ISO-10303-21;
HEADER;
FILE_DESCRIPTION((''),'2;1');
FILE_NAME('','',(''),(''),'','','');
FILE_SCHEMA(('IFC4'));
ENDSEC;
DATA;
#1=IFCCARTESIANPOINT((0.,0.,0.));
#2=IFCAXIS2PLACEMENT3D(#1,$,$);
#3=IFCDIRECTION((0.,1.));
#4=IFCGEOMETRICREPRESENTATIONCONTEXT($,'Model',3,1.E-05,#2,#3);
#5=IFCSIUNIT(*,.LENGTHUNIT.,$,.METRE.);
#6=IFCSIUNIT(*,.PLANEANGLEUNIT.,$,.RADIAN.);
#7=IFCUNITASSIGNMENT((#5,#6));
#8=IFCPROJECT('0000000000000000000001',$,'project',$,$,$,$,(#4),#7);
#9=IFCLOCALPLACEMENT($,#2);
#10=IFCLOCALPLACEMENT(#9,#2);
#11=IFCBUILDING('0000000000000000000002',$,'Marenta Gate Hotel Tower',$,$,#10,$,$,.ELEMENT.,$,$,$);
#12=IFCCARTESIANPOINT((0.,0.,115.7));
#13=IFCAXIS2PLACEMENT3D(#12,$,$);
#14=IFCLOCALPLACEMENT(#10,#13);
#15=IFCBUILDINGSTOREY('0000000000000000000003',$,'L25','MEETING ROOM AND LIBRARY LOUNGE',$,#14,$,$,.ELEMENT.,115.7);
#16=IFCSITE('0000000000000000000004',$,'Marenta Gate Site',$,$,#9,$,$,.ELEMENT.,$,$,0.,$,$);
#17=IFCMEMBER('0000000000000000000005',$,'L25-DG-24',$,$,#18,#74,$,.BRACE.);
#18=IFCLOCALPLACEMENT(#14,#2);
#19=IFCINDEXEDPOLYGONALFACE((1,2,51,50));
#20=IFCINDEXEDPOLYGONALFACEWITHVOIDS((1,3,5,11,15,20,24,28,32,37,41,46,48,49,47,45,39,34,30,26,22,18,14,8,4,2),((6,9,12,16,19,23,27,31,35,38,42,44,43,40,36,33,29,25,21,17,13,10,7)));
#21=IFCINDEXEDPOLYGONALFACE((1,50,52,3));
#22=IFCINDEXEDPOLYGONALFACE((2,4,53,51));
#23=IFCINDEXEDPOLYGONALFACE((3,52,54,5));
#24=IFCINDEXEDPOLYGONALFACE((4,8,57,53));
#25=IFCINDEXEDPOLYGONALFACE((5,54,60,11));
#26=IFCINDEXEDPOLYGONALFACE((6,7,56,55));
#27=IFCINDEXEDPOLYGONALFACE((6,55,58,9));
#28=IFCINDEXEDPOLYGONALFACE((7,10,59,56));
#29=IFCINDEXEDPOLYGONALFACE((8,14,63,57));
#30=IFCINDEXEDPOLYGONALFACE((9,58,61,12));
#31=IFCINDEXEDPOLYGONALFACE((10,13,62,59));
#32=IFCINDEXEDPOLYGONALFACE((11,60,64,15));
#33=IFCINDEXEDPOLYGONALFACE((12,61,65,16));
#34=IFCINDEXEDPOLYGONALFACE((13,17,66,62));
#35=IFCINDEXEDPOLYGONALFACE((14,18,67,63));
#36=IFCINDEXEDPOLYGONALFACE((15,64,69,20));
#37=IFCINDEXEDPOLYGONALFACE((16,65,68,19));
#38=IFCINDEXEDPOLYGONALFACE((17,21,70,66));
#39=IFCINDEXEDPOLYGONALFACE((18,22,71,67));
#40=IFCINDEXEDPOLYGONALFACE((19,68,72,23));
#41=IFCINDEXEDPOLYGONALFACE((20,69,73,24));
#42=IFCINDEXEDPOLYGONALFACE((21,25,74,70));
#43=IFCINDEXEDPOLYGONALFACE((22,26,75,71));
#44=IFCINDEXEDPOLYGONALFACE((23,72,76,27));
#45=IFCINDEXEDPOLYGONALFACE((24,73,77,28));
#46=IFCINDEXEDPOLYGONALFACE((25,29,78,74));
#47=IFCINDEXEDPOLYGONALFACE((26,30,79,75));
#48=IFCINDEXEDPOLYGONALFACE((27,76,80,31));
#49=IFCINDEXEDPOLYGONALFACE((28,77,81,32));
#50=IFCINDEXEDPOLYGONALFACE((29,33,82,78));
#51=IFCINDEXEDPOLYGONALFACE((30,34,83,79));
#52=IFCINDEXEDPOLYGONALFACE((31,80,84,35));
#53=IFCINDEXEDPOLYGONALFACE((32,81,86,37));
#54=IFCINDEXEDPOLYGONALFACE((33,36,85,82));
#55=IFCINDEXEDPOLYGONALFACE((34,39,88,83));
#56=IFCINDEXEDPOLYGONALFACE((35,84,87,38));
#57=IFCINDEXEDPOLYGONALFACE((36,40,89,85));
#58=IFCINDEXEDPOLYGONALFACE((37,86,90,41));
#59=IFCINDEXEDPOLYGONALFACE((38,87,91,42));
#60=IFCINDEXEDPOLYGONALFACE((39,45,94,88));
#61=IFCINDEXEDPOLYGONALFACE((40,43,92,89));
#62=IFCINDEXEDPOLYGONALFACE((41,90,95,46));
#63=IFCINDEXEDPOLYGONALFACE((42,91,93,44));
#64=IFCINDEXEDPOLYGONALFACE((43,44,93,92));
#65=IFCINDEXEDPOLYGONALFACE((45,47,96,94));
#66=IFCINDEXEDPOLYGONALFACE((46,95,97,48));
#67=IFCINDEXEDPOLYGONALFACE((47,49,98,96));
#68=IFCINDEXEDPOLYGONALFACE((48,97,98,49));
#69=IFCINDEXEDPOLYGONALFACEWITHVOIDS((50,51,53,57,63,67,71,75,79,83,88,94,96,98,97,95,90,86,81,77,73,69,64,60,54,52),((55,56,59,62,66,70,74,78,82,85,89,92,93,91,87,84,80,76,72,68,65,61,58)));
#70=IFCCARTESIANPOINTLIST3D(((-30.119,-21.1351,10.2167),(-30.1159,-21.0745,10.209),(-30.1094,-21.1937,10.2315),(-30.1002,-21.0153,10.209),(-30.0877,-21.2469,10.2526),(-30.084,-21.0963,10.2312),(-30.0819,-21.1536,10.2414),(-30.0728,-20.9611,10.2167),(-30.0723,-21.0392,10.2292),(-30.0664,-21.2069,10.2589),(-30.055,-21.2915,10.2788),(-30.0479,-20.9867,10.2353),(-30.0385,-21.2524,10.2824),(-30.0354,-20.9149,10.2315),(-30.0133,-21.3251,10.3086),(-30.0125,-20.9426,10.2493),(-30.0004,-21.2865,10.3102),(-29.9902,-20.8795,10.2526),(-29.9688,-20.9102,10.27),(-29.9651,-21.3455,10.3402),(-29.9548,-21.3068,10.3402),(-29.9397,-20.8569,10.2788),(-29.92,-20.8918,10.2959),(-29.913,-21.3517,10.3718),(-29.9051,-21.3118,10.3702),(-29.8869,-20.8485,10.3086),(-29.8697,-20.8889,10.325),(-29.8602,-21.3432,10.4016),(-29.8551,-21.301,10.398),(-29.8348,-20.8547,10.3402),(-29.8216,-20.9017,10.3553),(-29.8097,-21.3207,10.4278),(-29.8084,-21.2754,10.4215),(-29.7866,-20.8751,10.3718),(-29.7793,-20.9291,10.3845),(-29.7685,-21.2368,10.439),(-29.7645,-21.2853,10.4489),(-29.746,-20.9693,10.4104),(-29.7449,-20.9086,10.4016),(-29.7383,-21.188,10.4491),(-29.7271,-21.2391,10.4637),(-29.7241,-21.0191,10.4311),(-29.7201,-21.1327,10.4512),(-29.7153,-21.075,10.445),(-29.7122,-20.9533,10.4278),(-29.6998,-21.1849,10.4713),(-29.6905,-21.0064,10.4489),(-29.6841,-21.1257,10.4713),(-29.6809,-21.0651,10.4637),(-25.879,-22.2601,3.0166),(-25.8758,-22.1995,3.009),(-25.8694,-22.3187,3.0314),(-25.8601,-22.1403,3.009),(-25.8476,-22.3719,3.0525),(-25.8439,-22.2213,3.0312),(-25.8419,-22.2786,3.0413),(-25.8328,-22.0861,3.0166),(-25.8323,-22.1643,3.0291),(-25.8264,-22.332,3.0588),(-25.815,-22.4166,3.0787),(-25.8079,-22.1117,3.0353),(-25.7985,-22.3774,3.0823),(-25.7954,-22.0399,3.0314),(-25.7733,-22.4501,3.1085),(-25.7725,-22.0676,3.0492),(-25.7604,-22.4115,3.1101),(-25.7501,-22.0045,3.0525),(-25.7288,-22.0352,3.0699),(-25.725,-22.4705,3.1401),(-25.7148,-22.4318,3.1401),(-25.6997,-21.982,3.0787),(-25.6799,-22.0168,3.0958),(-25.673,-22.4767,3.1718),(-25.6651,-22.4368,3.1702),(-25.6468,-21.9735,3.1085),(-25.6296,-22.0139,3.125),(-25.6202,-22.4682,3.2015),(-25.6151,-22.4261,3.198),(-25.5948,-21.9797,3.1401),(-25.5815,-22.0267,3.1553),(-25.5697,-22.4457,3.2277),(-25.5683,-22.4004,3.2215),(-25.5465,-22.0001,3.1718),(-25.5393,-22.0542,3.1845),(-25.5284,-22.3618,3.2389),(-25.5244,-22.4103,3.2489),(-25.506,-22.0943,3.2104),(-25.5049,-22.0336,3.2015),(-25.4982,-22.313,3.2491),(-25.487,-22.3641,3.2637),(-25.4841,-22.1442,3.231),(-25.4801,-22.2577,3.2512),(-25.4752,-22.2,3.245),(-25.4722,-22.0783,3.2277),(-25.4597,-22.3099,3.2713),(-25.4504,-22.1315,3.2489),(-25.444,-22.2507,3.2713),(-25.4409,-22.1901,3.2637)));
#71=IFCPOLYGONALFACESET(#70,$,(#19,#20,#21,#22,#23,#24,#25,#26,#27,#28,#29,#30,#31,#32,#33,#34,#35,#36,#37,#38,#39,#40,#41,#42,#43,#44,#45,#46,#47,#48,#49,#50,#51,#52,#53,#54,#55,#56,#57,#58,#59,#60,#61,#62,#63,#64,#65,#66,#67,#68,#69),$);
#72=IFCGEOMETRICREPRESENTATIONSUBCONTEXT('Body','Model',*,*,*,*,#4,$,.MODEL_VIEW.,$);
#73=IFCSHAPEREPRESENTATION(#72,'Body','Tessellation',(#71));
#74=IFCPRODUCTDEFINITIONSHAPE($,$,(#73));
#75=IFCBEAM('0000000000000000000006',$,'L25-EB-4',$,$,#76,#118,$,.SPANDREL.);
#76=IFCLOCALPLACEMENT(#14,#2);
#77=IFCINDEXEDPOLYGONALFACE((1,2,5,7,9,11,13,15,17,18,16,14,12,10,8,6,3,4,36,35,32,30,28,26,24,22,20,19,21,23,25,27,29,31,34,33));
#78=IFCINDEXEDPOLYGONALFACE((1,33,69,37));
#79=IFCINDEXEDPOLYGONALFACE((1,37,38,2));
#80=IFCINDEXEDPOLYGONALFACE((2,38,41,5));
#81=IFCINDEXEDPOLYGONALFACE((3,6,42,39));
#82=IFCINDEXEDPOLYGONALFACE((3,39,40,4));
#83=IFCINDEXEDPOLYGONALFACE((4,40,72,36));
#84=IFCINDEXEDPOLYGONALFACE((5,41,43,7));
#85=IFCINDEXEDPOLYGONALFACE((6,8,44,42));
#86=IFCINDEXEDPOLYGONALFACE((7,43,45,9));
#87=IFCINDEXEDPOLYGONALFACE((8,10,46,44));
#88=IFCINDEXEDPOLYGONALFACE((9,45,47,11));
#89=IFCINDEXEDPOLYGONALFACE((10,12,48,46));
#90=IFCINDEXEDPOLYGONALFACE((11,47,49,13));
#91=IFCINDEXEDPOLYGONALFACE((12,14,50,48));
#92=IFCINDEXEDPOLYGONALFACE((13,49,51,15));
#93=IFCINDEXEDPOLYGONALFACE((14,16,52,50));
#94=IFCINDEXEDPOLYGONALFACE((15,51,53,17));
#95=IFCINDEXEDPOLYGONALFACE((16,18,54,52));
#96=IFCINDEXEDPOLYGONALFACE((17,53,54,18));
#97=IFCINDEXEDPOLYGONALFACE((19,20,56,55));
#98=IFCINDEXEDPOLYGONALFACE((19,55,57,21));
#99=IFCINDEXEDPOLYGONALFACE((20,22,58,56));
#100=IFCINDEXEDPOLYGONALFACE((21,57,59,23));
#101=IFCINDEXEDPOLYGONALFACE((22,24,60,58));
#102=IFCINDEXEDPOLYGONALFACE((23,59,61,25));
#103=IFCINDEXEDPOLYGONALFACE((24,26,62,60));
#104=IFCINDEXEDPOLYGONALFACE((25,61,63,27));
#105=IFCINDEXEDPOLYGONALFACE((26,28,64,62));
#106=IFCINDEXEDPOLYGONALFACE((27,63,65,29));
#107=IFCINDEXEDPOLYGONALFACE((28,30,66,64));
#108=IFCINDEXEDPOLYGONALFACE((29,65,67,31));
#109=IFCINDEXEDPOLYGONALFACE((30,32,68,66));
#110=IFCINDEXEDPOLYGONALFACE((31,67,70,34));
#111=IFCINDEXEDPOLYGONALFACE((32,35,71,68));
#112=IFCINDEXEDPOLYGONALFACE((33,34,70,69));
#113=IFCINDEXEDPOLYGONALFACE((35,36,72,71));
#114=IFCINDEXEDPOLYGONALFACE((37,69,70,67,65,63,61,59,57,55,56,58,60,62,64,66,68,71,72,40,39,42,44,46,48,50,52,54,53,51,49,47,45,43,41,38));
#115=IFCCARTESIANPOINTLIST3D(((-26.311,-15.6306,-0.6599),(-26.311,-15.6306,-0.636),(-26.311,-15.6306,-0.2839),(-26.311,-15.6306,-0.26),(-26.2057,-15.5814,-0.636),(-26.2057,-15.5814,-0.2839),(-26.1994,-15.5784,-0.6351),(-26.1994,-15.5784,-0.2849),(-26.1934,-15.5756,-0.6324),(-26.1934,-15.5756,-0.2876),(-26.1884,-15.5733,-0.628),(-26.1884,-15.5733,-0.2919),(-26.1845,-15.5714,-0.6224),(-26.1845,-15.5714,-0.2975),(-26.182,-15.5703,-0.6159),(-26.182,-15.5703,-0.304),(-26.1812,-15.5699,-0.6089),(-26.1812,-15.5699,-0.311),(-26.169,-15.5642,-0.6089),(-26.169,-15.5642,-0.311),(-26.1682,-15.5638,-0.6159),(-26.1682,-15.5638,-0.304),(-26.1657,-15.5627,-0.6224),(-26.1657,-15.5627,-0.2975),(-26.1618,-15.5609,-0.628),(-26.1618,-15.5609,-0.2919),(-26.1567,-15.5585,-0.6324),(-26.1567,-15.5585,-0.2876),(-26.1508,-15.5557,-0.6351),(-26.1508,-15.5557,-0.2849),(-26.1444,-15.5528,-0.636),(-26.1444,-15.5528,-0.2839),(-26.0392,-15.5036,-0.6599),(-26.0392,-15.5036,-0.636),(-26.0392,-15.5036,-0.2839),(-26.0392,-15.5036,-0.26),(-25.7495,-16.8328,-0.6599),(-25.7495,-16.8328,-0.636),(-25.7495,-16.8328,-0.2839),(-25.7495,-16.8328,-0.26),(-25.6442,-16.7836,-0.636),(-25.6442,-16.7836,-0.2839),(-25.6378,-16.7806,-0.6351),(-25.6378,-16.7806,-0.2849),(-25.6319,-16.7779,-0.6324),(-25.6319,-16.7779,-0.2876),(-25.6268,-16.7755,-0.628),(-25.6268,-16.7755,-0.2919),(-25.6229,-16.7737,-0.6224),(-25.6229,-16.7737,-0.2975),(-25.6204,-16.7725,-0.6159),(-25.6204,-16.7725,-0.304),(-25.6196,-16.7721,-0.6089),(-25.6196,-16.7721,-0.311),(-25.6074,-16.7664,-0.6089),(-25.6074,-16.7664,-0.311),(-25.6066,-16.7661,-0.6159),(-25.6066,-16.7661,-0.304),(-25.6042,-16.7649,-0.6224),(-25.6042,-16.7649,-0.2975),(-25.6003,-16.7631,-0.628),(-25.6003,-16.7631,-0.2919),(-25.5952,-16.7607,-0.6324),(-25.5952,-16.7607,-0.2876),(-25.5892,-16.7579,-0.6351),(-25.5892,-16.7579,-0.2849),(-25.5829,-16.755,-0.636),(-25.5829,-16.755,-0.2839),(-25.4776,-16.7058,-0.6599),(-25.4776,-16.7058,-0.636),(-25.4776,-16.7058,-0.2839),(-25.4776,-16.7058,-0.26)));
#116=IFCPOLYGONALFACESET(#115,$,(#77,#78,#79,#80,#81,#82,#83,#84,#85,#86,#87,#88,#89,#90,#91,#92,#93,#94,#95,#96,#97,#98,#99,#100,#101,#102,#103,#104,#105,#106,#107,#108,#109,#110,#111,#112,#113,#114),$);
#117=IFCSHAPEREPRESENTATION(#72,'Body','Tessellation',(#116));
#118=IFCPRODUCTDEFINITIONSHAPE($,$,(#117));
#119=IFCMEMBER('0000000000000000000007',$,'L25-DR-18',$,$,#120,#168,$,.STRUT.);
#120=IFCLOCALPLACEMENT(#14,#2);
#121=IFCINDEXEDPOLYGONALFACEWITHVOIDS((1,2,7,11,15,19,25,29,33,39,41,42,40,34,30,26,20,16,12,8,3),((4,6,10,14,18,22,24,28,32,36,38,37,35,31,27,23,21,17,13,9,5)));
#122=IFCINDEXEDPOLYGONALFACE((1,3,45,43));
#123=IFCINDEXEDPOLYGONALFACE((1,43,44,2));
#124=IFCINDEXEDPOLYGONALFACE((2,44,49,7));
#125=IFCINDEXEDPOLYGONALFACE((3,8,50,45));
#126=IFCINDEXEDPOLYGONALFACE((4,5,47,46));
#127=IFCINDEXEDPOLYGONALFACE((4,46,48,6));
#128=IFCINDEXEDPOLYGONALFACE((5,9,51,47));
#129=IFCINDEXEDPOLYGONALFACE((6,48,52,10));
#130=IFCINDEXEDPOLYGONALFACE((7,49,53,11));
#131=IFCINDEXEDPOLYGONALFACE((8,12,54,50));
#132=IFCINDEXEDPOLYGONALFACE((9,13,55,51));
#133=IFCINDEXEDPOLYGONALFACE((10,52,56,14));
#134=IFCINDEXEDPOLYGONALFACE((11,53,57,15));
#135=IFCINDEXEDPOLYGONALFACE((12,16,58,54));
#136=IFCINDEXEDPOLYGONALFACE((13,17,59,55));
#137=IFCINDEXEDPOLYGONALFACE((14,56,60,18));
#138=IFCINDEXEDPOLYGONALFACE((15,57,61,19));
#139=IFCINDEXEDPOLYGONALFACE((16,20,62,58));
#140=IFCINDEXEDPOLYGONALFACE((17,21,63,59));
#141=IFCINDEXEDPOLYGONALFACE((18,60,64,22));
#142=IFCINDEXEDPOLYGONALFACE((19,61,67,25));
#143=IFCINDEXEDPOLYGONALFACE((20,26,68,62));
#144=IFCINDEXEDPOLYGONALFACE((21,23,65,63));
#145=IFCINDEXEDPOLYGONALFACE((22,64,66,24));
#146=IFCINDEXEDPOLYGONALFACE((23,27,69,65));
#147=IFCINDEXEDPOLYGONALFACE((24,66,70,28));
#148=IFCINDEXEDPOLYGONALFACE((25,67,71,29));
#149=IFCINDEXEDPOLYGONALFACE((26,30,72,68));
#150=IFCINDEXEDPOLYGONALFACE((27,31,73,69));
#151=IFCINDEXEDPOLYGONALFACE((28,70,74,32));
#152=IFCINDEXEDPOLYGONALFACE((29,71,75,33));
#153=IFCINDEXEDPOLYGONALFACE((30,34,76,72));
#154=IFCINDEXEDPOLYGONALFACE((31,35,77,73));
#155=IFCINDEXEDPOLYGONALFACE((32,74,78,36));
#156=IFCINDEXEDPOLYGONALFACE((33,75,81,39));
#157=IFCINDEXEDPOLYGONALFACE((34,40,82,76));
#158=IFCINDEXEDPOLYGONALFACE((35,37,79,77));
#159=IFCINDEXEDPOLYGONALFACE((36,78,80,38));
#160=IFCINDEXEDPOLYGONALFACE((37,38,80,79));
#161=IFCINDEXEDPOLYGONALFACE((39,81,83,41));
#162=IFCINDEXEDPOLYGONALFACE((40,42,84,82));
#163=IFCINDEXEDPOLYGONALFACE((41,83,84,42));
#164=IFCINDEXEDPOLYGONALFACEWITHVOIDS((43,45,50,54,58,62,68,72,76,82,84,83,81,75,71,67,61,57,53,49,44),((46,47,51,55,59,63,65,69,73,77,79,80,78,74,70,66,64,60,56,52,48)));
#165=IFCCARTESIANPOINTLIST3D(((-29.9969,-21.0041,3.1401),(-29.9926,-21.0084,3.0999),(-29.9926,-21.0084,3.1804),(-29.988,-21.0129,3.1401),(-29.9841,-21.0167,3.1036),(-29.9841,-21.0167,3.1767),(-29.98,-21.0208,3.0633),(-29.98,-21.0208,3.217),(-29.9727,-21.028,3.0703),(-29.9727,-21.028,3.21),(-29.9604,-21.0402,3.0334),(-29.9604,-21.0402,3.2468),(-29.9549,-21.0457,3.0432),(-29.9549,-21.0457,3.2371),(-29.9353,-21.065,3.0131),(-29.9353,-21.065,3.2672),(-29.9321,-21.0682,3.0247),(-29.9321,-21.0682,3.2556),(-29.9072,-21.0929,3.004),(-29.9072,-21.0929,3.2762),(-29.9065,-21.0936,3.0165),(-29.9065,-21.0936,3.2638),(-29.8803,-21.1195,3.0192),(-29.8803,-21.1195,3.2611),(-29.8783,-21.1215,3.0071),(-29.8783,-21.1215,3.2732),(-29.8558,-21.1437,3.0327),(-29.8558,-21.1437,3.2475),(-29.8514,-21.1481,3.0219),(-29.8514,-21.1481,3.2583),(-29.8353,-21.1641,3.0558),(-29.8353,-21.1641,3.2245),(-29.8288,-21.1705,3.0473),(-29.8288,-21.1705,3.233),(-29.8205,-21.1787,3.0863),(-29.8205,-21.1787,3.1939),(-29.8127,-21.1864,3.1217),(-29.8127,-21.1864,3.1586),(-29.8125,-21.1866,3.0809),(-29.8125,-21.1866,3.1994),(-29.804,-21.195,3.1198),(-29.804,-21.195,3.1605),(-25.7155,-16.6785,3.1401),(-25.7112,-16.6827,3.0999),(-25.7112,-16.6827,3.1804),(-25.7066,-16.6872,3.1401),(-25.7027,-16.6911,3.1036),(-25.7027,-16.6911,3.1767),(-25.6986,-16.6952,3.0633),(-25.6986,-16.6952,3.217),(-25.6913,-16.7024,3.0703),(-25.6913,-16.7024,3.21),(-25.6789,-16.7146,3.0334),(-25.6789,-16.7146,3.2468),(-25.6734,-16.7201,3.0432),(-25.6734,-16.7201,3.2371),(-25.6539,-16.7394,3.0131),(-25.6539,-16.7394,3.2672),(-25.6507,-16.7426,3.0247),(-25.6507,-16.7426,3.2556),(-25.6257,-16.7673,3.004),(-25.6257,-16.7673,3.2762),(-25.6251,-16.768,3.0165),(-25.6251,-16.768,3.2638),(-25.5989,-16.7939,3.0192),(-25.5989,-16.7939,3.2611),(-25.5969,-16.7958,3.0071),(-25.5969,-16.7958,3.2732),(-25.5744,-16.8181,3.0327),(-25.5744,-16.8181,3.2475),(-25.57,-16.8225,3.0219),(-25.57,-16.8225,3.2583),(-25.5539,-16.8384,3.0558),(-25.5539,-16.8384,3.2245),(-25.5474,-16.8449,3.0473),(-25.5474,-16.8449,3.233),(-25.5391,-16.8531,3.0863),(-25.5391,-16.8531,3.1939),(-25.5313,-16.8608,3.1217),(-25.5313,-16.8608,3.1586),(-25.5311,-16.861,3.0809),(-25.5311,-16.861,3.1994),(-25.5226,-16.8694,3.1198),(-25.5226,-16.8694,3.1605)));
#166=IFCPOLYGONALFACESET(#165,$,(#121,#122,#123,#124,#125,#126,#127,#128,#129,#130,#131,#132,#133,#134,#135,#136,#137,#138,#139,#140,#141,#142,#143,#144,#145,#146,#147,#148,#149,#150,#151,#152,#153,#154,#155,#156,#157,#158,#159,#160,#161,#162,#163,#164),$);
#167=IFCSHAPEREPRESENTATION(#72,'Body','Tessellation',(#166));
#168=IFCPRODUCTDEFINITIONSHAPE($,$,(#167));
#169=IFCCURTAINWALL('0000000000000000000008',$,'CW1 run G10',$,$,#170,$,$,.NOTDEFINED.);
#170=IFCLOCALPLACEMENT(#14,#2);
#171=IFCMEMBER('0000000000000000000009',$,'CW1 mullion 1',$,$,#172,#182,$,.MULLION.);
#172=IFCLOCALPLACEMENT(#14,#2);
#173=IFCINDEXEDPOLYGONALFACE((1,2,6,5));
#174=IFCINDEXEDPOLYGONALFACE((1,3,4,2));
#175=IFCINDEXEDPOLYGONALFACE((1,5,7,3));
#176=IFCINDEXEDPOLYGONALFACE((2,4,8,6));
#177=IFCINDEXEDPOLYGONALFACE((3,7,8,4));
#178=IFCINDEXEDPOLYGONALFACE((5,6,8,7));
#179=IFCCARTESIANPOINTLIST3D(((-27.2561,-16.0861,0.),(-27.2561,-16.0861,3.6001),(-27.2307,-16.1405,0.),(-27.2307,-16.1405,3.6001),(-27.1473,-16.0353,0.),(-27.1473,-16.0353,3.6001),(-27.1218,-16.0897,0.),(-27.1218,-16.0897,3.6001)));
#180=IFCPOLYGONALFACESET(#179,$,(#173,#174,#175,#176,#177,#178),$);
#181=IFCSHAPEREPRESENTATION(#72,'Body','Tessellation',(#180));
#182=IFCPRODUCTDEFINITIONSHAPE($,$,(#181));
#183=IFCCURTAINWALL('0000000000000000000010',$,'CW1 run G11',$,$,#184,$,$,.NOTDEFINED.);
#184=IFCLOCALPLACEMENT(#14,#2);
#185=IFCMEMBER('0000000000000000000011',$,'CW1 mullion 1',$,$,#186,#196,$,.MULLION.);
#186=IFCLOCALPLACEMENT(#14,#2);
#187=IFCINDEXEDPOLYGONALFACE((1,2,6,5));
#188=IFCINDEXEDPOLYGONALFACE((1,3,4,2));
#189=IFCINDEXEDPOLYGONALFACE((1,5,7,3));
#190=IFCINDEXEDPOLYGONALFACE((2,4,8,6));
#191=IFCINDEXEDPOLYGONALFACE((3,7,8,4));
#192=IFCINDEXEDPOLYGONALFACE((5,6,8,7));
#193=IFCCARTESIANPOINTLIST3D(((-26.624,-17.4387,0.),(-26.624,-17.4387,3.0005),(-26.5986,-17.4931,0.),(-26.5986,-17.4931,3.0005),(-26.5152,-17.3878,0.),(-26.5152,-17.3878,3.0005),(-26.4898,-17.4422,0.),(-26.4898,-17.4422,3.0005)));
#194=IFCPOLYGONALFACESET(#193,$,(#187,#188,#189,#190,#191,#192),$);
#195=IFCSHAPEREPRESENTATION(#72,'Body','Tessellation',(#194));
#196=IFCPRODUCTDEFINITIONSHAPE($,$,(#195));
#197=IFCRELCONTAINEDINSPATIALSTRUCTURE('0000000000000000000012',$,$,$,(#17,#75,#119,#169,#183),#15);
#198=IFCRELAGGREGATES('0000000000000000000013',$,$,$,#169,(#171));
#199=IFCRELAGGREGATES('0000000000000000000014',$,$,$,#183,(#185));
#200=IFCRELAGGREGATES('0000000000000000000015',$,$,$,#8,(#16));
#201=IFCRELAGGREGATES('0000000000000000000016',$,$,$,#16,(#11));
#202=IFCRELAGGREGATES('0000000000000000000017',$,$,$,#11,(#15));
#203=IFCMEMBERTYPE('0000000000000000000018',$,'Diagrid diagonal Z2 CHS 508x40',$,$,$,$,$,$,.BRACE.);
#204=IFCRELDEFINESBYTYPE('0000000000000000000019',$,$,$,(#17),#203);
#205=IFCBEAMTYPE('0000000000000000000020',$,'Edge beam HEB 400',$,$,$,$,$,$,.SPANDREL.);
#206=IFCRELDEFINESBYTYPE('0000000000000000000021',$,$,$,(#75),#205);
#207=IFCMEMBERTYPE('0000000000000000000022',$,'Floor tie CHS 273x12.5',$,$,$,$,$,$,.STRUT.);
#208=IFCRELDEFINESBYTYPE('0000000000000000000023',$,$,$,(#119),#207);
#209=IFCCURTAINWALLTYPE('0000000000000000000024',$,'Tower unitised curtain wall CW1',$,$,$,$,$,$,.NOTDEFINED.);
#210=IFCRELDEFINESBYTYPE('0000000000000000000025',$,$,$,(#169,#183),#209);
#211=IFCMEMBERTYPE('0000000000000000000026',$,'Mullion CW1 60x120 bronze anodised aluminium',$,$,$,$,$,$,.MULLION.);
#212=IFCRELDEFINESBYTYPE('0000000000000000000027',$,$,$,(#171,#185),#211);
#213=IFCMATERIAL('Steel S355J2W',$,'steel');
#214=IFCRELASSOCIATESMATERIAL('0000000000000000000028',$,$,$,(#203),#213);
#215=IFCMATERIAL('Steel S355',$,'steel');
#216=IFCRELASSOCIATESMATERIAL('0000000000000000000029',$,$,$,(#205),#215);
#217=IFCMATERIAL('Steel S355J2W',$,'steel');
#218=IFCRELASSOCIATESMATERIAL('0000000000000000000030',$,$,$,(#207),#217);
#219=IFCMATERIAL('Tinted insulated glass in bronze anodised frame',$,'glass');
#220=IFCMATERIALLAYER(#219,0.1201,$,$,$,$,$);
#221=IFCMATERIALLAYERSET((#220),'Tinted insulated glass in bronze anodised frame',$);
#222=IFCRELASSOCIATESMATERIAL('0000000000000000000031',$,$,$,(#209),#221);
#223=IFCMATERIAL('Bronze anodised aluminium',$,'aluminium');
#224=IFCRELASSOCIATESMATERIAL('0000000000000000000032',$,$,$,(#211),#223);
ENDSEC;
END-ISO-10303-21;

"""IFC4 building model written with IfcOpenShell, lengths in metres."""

from ifc_helpers import new_model, si_unit, direction, frame, origin, origin_2d, place, context, subcontext, project, spatial, rectangle, hollow_circle, i_section, extrude, material, layer, layer_set, material_profile, profile_set, type_object, element, aggregate, save


model = new_model("IFC4")

# Units and contexts
model_context = context("Model", 3, precision=1e-05, world=origin(), true_north=direction((0.0, 1.0)))
body_context = subcontext(model_context, "Body", "Model", "MODEL_VIEW")
ifc_project = project(units=[si_unit("LENGTHUNIT", "METRE"), si_unit("PLANEANGLEUNIT", "RADIAN")], contexts=[model_context])

# Site, building, storey
site_placement = place(None, origin())
site = spatial("IfcSite", under=ifc_project, at=site_placement, Name="Marenta Gate Site", CompositionType="ELEMENT", RefElevation=0.0)
building_placement = place(site_placement, origin())
building = spatial("IfcBuilding", under=site, at=building_placement, Name="Marenta Gate Hotel Tower", CompositionType="ELEMENT")
storey_placement = place(building_placement, frame((0.0, 0.0, 115.7)))
storey = spatial("IfcBuildingStorey", under=building, at=storey_placement, Name="L25", Description="MEETING ROOM AND LIBRARY LOUNGE", CompositionType="ELEMENT", Elevation=115.7)

# Member
ifc_material_1 = material(Name="Steel S355J2W", Category="steel")
ifc_material_profile_1 = material_profile(ifc_material_1, hollow_circle(Radius=0.2539, WallThickness=0.04, at=origin_2d()), Name="CHS 508x40")
ifc_profile_set_1 = profile_set([ifc_material_profile_1], Name="Steel S355J2W")
member_type_1 = type_object("IfcMemberType", Name="Diagrid diagonal Z2 CHS 508x40", PredefinedType="BRACE", material=ifc_profile_set_1)
member_1_placement = place(storey_placement, frame((-25.6599, -22.2251, 3.1401), z_axis=(-0.502902, 0.133435, 0.853981), x_axis=(-0.256457, -0.966556, 0.0)))
element("IfcMember", 1, at=member_1_placement, inside=storey, type_object=member_type_1, Name="L25-DG-24", PredefinedType="BRACE", context=body_context, shape_type="SweptSolid", body=[
    extrude(hollow_circle(Radius=0.2539, WallThickness=0.04, at=origin_2d()), origin(), (0.0, 0.0, 1.0), 8.4312),
])

# Beam
ifc_material_2 = material(Name="Steel S355", Category="steel")
ifc_material_profile_2 = material_profile(ifc_material_2, i_section(OverallWidth=0.3, OverallDepth=0.3999, WebThickness=0.0134, FlangeThickness=0.0239, FilletRadius=0.0271, at=origin_2d()), Name="HEB 400")
ifc_profile_set_2 = profile_set([ifc_material_profile_2], Name="Steel S355")
beam_type = type_object("IfcBeamType", Name="Edge beam HEB 400", PredefinedType="SPANDREL", material=ifc_profile_set_2)
beam_placement = place(storey_placement, frame((-25.6135, -16.7693, -0.46), z_axis=(-0.423208, 0.906033, 0.0), x_axis=(-0.906033, -0.423208, 0.0)))
element("IfcBeam", 2, at=beam_placement, inside=storey, type_object=beam_type, Name="L25-EB-4", PredefinedType="SPANDREL", context=body_context, shape_type="SweptSolid", body=[
    extrude(i_section(OverallWidth=0.3, OverallDepth=0.3999, WebThickness=0.0134, FlangeThickness=0.0239, FilletRadius=0.0271, at=origin_2d()), origin(), (0.0, 0.0, 1.0), 1.3269),
])

# Member
ifc_material_3 = material(Name="Steel S355J2W", Category="steel")
ifc_material_profile_3 = material_profile(ifc_material_3, hollow_circle(Radius=0.1365, WallThickness=0.0125, at=origin_2d()), Name="CHS 273x12.5")
ifc_profile_set_3 = profile_set([ifc_material_profile_3], Name="Steel S355J2W")
member_type_2 = type_object("IfcMemberType", Name="Floor tie CHS 273x12.5", PredefinedType="STRUT", material=ifc_profile_set_3)
member_2_placement = place(storey_placement, frame((-29.8999, -21.1001, 3.1401), z_axis=(0.703467, 0.710728, 0.0), x_axis=(-0.710728, 0.703467, 0.0)))
element("IfcMember", 3, at=member_2_placement, inside=storey, type_object=member_type_2, Name="L25-DR-18", PredefinedType="STRUT", context=body_context, shape_type="SweptSolid", body=[
    extrude(hollow_circle(Radius=0.1365, WallThickness=0.0125, at=origin_2d()), origin(), (0.0, 0.0, 1.0), 6.0862),
])

# Curtain walls, members
ifc_material_4 = material(Name="Tinted insulated glass in bronze anodised frame", Category="glass")
ifc_layer_1 = layer(ifc_material_4, 0.1201)
ifc_layer_set_1 = layer_set([ifc_layer_1], Name="Tinted insulated glass in bronze anodised frame")
curtain_wall_type = type_object("IfcCurtainWallType", Name="Tower unitised curtain wall CW1", PredefinedType="NOTDEFINED", material=ifc_layer_set_1)
curtain_wall_1_placement = place(storey_placement, origin())
curtain_wall_1 = element("IfcCurtainWall", 4, at=curtain_wall_1_placement, inside=storey, type_object=curtain_wall_type, Name="CW1 run G10", PredefinedType="NOTDEFINED")
ifc_material_5 = material(Name="Bronze anodised aluminium", Category="aluminium")
ifc_material_profile_4 = material_profile(ifc_material_5, rectangle(XDim=0.1201, YDim=0.0601, at=origin_2d()), Name="Mullion CW1 60x120 bronze anodised aluminium")
ifc_profile_set_4 = profile_set([ifc_material_profile_4], Name="Bronze anodised aluminium")
member_type_3 = type_object("IfcMemberType", Name="Mullion CW1 60x120 bronze anodised aluminium", PredefinedType="MULLION", material=ifc_profile_set_4)
member_3_placement = place(storey_placement, frame((-27.189, -16.0879, 0.0), z_axis=(0.0, 0.0, 1.0), x_axis=(0.905967, 0.423347, 0.0)))
member_3 = element("IfcMember", 5, at=member_3_placement, type_object=member_type_3, Name="CW1 mullion 1", PredefinedType="MULLION", context=body_context, shape_type="SweptSolid", body=[
    extrude(rectangle(XDim=0.1201, YDim=0.0601, at=origin_2d()), origin(), (0.0, 0.0, 1.0), 3.6001),
])
curtain_wall_2_placement = place(storey_placement, origin())
curtain_wall_2 = element("IfcCurtainWall", 6, at=curtain_wall_2_placement, inside=storey, type_object=curtain_wall_type, Name="CW1 run G11", PredefinedType="NOTDEFINED")
member_4_placement = place(storey_placement, frame((-26.5569, -17.4404, 0.0), z_axis=(0.0, 0.0, 1.0), x_axis=(0.905961, 0.423362, 0.0)))
member_4 = element("IfcMember", 7, at=member_4_placement, type_object=member_type_3, Name="CW1 mullion 1", PredefinedType="MULLION", context=body_context, shape_type="SweptSolid", body=[
    extrude(rectangle(XDim=0.1201, YDim=0.0601, at=origin_2d()), origin(), (0.0, 0.0, 1.0), 3.0005),
])

aggregate(curtain_wall_1, [member_3])
aggregate(curtain_wall_2, [member_4])

save(model, "model.ifc")
